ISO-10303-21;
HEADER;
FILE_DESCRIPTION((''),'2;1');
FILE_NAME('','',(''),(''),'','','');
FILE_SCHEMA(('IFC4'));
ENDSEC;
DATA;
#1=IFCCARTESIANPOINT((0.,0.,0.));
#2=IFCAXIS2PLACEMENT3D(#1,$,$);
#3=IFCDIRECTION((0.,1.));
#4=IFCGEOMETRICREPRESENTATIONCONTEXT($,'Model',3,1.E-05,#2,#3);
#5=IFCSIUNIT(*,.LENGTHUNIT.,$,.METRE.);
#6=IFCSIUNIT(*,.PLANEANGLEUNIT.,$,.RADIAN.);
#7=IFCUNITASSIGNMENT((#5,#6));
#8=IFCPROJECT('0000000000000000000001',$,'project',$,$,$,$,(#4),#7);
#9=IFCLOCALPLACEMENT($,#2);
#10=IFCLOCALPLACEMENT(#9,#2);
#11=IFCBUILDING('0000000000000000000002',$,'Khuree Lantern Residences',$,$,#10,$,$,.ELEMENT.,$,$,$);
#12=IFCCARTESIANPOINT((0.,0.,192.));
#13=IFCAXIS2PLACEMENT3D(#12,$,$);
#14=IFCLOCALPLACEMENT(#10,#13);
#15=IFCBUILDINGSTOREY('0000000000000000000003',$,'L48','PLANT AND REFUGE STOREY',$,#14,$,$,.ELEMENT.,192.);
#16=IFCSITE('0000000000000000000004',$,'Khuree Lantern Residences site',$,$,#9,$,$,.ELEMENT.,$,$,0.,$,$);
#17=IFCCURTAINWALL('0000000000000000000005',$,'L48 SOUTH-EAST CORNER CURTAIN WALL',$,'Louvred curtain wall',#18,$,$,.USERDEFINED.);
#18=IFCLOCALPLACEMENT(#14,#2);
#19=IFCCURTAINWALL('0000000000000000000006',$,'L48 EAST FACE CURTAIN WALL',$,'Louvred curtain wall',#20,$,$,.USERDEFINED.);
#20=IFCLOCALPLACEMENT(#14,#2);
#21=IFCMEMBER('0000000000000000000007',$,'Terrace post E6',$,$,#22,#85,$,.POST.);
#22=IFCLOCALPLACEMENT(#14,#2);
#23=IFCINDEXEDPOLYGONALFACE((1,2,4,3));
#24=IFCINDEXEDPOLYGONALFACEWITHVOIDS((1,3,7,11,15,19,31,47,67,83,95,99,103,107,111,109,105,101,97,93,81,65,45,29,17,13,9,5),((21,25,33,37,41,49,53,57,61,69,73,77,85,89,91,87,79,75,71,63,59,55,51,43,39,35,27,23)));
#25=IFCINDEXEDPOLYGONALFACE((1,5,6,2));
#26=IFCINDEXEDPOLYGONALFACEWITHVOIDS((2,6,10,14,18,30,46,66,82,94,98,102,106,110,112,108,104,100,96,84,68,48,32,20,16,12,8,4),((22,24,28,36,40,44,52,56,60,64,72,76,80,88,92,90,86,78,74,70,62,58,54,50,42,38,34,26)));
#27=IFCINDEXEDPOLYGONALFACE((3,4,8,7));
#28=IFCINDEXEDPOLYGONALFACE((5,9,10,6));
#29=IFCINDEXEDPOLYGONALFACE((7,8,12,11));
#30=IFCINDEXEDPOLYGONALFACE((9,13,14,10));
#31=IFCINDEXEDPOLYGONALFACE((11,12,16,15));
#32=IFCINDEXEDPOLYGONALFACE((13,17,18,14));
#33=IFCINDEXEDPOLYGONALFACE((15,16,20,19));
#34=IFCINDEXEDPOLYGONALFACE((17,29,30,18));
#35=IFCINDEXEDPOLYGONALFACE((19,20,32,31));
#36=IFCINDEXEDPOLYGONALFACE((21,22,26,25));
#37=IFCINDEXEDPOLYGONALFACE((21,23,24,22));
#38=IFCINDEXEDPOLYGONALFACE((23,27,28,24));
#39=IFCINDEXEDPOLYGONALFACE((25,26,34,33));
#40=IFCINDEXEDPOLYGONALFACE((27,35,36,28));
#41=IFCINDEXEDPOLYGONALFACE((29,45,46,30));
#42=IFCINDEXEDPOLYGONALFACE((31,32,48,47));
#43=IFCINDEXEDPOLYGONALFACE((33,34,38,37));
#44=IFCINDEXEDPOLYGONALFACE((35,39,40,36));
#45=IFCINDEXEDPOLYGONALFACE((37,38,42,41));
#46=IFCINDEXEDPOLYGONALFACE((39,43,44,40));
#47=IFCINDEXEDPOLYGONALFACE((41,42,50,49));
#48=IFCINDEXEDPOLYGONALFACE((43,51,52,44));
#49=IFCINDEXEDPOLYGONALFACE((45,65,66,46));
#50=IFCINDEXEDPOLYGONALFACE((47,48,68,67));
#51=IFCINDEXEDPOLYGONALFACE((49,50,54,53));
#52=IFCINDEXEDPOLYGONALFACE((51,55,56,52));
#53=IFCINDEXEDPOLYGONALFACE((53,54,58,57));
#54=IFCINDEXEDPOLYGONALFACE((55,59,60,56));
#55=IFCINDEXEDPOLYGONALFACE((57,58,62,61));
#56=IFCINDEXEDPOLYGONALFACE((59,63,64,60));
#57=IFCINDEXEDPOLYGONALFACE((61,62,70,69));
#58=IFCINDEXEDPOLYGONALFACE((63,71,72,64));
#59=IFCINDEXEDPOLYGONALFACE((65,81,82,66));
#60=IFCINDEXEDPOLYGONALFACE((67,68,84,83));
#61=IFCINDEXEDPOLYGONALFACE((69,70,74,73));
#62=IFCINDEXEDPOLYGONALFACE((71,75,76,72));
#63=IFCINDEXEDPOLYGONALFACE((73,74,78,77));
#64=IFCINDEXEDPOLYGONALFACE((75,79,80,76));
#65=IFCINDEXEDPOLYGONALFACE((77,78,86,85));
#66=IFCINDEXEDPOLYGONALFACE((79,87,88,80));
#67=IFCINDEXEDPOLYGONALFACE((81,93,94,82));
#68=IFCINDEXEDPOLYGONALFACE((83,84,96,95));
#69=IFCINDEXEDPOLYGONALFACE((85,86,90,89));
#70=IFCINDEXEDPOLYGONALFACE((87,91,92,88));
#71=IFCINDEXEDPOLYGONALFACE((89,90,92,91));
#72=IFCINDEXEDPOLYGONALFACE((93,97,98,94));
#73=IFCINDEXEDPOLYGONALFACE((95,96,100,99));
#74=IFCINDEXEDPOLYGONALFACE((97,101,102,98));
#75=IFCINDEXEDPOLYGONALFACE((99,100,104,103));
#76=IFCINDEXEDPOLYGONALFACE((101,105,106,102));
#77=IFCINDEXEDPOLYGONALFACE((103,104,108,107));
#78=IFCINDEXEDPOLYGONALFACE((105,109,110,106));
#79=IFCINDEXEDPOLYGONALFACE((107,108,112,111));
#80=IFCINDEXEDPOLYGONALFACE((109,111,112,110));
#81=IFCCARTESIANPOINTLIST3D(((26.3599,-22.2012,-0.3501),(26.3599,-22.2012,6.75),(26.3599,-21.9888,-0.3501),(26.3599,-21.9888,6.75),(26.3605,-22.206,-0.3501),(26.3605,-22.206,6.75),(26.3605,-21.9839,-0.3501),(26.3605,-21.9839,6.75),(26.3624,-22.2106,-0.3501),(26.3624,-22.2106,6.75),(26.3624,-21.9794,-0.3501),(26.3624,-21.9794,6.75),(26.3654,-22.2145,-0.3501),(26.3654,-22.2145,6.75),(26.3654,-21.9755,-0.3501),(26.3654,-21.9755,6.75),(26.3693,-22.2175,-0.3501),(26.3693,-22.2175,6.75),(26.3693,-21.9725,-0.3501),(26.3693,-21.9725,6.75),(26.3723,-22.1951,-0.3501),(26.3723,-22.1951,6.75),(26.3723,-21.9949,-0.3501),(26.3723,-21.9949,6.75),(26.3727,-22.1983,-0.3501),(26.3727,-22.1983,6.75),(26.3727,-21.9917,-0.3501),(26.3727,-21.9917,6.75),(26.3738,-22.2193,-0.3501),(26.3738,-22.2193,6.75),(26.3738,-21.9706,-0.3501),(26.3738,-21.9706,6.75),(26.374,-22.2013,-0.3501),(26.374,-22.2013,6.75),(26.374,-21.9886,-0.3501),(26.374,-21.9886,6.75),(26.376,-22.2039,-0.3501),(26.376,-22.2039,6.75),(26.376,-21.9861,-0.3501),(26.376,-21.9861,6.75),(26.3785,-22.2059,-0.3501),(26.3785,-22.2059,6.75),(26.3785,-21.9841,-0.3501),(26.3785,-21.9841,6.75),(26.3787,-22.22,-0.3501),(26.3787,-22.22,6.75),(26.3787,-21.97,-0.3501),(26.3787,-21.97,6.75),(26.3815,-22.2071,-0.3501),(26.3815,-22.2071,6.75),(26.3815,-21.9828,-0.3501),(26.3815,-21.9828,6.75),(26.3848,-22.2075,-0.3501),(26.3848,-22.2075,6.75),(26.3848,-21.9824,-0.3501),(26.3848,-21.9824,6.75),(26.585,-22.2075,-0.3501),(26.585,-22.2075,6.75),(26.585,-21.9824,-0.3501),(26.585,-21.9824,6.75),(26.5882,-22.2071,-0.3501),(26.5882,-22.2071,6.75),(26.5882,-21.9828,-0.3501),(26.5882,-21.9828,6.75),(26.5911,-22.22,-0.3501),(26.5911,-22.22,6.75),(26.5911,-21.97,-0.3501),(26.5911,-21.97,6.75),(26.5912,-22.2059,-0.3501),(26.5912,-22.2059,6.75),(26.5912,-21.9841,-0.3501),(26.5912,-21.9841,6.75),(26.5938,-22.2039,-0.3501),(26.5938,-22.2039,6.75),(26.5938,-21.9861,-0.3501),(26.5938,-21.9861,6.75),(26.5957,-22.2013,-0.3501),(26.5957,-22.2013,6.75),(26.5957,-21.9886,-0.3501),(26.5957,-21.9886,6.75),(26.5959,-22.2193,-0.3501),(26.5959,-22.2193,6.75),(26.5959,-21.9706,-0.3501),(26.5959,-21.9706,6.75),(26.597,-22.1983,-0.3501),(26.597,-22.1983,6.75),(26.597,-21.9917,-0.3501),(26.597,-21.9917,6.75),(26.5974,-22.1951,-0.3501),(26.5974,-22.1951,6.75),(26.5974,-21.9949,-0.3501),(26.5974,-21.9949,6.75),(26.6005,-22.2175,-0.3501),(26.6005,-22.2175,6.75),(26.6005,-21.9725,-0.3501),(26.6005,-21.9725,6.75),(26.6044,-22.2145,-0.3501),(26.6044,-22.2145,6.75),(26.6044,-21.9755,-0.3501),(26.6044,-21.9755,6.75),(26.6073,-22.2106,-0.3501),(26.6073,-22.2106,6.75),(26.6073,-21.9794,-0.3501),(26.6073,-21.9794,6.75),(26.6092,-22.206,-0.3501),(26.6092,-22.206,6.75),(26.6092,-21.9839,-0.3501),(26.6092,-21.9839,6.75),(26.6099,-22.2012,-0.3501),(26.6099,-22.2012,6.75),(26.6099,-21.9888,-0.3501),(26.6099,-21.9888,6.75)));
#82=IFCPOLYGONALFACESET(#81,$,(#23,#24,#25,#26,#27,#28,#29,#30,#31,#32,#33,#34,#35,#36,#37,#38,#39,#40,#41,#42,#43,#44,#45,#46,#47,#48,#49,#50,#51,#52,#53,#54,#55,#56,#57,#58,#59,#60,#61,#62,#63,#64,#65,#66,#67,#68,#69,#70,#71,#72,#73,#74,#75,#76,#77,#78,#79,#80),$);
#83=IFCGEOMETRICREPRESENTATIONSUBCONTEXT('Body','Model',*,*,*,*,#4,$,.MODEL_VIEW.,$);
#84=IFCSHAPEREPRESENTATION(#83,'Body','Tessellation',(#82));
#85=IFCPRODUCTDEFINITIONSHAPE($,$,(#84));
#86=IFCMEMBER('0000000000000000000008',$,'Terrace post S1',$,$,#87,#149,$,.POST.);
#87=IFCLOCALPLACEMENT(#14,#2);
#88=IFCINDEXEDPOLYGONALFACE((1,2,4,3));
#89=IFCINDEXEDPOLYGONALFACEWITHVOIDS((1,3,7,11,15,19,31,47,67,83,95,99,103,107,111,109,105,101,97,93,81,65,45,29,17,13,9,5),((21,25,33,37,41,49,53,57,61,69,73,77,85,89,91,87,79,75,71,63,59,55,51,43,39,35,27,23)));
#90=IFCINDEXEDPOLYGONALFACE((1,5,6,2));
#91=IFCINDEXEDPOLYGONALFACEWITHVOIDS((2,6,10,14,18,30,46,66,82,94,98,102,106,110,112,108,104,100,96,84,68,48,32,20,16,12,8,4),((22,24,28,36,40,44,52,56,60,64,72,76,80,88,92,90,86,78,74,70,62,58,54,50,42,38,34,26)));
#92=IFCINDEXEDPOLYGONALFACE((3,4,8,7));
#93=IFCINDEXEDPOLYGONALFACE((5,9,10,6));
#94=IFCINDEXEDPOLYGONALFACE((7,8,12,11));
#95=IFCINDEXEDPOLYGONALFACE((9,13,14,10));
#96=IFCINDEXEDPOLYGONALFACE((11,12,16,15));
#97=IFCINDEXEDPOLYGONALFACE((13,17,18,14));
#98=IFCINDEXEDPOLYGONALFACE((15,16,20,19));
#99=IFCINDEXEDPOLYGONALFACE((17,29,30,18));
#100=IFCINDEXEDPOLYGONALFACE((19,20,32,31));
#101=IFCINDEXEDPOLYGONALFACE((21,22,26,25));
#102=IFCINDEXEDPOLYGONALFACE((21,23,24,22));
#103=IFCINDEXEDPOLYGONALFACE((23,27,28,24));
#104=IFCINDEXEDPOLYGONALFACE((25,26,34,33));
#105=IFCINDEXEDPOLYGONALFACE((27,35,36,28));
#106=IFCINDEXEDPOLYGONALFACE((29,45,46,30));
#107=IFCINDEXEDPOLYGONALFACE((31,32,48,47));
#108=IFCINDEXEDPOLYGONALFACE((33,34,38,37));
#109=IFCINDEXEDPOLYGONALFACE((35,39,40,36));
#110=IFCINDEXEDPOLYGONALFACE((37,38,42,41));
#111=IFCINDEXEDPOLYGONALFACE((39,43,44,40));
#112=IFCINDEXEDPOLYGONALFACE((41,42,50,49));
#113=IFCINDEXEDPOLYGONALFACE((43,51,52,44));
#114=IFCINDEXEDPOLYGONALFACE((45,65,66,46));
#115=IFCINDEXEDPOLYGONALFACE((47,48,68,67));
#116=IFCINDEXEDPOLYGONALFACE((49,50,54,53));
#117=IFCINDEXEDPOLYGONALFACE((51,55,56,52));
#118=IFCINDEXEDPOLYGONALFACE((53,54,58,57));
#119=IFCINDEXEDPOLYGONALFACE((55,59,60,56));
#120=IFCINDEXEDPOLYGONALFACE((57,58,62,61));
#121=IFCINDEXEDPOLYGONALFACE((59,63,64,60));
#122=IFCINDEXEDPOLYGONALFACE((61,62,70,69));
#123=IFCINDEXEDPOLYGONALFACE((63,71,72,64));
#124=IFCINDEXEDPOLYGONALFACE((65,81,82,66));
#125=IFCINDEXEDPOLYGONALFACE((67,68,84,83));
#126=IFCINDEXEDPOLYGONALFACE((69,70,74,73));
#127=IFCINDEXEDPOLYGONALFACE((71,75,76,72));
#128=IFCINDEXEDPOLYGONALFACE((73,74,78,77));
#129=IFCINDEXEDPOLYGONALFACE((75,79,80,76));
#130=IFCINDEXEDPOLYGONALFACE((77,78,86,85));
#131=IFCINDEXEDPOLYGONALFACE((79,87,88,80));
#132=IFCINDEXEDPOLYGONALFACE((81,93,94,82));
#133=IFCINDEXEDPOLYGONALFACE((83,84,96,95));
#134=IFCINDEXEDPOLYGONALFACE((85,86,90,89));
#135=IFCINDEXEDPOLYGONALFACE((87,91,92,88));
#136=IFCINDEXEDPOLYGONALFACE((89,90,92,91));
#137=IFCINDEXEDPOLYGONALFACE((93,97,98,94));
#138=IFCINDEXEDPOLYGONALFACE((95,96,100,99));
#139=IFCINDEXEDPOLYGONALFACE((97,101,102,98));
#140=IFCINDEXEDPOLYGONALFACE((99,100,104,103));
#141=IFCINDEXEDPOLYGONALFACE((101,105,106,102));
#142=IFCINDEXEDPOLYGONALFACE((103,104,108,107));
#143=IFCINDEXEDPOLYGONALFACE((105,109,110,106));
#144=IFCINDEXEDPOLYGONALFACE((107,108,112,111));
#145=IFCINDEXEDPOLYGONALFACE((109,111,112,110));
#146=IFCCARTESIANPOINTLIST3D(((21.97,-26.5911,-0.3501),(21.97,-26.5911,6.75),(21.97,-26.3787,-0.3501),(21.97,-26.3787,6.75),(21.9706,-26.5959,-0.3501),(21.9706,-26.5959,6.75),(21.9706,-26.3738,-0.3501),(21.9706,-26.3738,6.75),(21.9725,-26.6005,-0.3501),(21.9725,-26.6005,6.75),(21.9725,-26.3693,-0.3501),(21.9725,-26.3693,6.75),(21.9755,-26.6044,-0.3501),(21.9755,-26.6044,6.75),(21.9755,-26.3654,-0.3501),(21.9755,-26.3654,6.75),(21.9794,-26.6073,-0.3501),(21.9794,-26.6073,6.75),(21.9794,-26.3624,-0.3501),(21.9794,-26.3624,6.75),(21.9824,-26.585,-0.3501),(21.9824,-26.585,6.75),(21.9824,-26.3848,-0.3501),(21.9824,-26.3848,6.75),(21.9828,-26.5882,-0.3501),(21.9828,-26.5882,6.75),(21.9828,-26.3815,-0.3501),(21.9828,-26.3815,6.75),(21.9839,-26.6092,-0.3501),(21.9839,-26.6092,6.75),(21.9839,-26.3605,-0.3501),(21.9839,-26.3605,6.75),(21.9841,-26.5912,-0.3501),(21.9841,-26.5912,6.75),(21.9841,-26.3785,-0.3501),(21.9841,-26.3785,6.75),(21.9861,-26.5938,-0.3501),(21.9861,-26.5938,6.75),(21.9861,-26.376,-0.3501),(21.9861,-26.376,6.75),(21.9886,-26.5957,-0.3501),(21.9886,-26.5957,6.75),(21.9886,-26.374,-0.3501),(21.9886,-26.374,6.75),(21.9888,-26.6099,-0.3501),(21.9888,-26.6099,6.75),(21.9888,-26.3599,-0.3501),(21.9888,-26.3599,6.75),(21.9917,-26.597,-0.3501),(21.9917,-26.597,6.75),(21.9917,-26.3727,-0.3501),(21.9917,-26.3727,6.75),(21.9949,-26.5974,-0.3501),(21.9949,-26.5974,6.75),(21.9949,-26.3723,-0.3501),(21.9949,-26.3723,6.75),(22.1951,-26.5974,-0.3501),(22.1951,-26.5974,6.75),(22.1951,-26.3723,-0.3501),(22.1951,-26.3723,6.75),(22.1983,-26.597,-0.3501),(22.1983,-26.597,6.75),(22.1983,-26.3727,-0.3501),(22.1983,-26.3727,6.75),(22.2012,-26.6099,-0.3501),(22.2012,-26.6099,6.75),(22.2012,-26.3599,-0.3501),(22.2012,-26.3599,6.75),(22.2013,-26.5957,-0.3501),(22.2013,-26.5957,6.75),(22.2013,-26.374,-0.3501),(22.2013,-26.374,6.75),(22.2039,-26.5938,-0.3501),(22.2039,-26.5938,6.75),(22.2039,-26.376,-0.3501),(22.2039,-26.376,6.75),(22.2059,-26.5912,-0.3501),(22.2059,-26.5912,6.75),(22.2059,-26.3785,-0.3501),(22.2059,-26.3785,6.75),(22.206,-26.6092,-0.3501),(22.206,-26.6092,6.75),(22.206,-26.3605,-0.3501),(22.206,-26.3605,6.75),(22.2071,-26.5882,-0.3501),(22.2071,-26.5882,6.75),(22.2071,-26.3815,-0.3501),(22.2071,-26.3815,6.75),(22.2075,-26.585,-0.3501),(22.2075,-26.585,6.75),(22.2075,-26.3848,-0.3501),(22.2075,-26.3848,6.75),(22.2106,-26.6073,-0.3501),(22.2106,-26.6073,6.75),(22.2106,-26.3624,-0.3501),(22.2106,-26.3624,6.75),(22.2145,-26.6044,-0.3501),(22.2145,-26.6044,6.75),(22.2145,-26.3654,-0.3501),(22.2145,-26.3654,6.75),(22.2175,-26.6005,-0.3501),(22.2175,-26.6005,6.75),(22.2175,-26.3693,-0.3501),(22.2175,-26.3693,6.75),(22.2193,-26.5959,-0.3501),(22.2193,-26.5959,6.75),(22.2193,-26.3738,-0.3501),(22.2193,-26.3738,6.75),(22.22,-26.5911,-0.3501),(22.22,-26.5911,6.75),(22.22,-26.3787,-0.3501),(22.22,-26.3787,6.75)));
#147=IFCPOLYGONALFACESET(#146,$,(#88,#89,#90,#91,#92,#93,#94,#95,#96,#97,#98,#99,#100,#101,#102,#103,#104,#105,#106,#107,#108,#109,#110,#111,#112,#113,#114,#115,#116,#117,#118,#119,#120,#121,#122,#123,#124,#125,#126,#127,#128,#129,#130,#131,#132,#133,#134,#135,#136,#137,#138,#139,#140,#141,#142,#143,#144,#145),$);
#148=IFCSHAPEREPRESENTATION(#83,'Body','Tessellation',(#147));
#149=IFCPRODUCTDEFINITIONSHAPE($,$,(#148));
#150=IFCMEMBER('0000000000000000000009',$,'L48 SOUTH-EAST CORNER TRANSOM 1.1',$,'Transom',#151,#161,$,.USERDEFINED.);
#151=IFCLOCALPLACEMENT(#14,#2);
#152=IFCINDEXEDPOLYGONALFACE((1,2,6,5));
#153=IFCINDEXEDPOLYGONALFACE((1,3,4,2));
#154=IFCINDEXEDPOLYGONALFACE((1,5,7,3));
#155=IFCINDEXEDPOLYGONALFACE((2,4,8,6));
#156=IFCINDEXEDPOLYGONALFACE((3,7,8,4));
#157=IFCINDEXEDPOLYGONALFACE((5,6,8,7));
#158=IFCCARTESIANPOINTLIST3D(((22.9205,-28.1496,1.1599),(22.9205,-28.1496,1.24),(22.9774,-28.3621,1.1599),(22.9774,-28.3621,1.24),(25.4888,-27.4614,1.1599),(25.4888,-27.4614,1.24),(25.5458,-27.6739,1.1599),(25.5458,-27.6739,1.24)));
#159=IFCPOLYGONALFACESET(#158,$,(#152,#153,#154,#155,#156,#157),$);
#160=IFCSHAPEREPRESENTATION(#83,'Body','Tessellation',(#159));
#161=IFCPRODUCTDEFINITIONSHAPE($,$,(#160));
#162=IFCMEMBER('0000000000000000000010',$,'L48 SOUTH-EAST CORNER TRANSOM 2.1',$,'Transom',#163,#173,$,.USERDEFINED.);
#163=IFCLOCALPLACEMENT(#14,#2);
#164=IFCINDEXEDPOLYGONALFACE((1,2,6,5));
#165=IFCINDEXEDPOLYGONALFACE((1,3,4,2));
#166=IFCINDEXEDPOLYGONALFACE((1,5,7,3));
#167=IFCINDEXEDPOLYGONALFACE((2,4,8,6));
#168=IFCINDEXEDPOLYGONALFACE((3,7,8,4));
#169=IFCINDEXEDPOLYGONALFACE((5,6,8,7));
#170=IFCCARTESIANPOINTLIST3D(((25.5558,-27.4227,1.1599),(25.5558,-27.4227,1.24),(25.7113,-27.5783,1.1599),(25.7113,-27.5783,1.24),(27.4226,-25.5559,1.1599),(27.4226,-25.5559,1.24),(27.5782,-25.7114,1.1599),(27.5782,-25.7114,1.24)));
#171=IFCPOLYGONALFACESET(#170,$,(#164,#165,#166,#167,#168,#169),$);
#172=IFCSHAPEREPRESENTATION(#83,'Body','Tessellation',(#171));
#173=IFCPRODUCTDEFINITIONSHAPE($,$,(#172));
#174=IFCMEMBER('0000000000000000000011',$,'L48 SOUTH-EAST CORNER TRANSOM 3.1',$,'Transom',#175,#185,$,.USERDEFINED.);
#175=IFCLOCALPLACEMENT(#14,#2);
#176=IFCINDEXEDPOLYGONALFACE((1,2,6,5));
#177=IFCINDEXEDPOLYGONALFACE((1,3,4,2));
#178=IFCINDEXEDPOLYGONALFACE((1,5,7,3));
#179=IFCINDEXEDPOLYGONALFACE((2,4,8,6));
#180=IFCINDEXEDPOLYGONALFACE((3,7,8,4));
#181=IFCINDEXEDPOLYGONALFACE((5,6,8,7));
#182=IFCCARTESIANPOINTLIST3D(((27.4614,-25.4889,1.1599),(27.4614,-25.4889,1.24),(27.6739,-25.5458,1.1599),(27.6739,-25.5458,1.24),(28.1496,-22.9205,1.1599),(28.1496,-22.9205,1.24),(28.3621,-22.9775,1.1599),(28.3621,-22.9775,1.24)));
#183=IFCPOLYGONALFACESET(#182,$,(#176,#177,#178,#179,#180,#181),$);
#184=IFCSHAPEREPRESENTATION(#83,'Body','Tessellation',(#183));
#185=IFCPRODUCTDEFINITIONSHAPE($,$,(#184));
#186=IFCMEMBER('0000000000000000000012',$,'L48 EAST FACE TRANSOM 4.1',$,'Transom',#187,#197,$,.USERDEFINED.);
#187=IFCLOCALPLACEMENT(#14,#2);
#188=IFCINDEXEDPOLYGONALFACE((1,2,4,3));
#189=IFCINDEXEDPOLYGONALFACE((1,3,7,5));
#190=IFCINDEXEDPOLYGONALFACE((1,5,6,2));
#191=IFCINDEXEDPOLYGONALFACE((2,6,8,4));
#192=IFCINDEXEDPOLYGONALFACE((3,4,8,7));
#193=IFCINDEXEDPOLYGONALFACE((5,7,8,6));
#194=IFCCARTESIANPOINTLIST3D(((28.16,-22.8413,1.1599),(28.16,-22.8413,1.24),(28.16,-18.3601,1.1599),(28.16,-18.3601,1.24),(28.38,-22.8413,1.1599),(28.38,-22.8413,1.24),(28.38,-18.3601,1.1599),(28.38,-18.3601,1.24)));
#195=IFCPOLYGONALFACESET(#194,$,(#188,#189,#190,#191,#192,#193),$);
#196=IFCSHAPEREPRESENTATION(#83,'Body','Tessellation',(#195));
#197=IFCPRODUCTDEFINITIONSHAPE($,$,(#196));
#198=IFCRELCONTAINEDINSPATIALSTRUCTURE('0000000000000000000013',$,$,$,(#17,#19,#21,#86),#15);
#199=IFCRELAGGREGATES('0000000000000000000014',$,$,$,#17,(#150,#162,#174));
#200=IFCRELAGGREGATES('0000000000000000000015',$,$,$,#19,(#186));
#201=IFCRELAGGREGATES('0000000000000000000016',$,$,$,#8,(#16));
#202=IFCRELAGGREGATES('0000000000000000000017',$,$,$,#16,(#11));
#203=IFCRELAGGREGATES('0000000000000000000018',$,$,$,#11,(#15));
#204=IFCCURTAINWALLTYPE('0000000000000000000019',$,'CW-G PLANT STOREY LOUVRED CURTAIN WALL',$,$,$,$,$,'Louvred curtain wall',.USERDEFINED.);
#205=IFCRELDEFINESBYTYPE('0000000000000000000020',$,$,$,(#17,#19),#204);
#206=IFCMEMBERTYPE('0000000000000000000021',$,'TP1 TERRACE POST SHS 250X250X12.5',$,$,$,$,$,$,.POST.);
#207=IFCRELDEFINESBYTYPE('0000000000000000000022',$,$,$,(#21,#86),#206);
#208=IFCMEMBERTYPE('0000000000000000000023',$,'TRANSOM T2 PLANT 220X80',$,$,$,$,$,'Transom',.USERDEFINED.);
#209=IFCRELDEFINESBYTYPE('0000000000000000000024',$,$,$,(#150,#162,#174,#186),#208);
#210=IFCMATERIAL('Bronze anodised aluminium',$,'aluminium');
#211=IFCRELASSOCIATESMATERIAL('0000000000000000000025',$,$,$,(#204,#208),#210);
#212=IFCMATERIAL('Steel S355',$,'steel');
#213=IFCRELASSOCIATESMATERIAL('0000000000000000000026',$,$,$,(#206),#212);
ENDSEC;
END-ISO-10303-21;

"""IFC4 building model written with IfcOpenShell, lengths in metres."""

from ifc_helpers import new_model, si_unit, direction, frame, origin, origin_2d, place, context, subcontext, project, spatial, rectangle, hollow_rectangle, extrude, material, material_profile, profile_set, type_object, element, aggregate, save


model = new_model("IFC4")

# Units and contexts
model_context = context("Model", 3, precision=1e-05, world=origin(), true_north=direction((0.0, 1.0)))
body_context = subcontext(model_context, "Body", "Model", "MODEL_VIEW")
ifc_project = project(units=[si_unit("LENGTHUNIT", "METRE"), si_unit("PLANEANGLEUNIT", "RADIAN")], contexts=[model_context])

# Site, building, storey
site_placement = place(None, origin())
site = spatial("IfcSite", under=ifc_project, at=site_placement, Name="Khuree Lantern Residences site", CompositionType="ELEMENT", RefElevation=0.0)
building_placement = place(site_placement, origin())
building = spatial("IfcBuilding", under=site, at=building_placement, Name="Khuree Lantern Residences", CompositionType="ELEMENT")
storey_placement = place(building_placement, frame((0.0, 0.0, 192.0)))
storey = spatial("IfcBuildingStorey", under=building, at=storey_placement, Name="L48", Description="PLANT AND REFUGE STOREY", CompositionType="ELEMENT", Elevation=192.0)

# Shared definitions
ifc_material_1 = material(Name="Steel S355", Category="steel")

# Curtain walls
ifc_material_2 = material(Name="Bronze anodised aluminium", Category="aluminium")
curtain_wall_type = type_object("IfcCurtainWallType", Name="CW-G PLANT STOREY LOUVRED CURTAIN WALL", ElementType="Louvred curtain wall", PredefinedType="USERDEFINED", material=ifc_material_2)
curtain_wall_1_placement = place(storey_placement, origin())
curtain_wall_1 = element("IfcCurtainWall", 1, at=curtain_wall_1_placement, inside=storey, type_object=curtain_wall_type, Name="L48 SOUTH-EAST CORNER CURTAIN WALL", ObjectType="Louvred curtain wall", PredefinedType="USERDEFINED")
curtain_wall_2_placement = place(storey_placement, origin())
curtain_wall_2 = element("IfcCurtainWall", 2, at=curtain_wall_2_placement, inside=storey, type_object=curtain_wall_type, Name="L48 EAST FACE CURTAIN WALL", ObjectType="Louvred curtain wall", PredefinedType="USERDEFINED")

# Members
ifc_material_profile_1 = material_profile(ifc_material_1, hollow_rectangle(XDim=0.25, YDim=0.25, WallThickness=0.0125, InnerFilletRadius=0.0125, OuterFilletRadius=0.0188, at=origin_2d()), Name="SHS 250X250X12.5")
ifc_profile_set_1 = profile_set([ifc_material_profile_1], Name="Steel S355")
member_type_1 = type_object("IfcMemberType", Name="TP1 TERRACE POST SHS 250X250X12.5", PredefinedType="POST", material=ifc_profile_set_1)
for number, where, z_axis, x_axis, name in (
    (3, (26.4849, -22.095, -0.3501), (0.0, 0.0, 1.0), (1.0, 0.0, 0.0), "Terrace post E6"),
    (4, (22.095, -26.4849, -0.3501), (0.0, 0.0, 1.0), (1.0, 0.0, 0.0), "Terrace post S1"),
):
    element("IfcMember", number, at=place(storey_placement, frame(where, z_axis=z_axis, x_axis=x_axis)), inside=storey, type_object=member_type_1, Name=name, PredefinedType="POST", context=body_context, shape_type="SweptSolid", body=[
        extrude(hollow_rectangle(XDim=0.25, YDim=0.25, WallThickness=0.0125, InnerFilletRadius=0.0125, OuterFilletRadius=0.0188, at=origin_2d()), origin(), (0.0, 0.0, 1.0), 7.1001),
    ])

# Members
ifc_material_profile_2 = material_profile(ifc_material_2, rectangle(XDim=0.22, YDim=0.0801, at=origin_2d()), Name="T2 220X80")
ifc_profile_set_2 = profile_set([ifc_material_profile_2], Name="Bronze anodised aluminium")
member_type_2 = type_object("IfcMemberType", Name="TRANSOM T2 PLANT 220X80", ElementType="Transom", PredefinedType="USERDEFINED", material=ifc_profile_set_2)
member_1_placement = place(storey_placement, frame((22.949, -28.2559, 1.2), z_axis=(0.965922, 0.258834, 0.0), x_axis=(-0.258834, 0.965922, 0.0)))
member_1 = element("IfcMember", 5, at=member_1_placement, type_object=member_type_2, Name="L48 SOUTH-EAST CORNER TRANSOM 1.1", ObjectType="Transom", PredefinedType="USERDEFINED", context=body_context, shape_type="SweptSolid", body=[
    extrude(rectangle(XDim=0.22, YDim=0.0801, at=origin_2d()), origin(), (0.0, 0.0, 1.0), 2.6589),
])
member_2_placement = place(storey_placement, frame((25.6335, -27.5005, 1.2), z_axis=(0.707107, 0.707107, 0.0), x_axis=(-0.707107, 0.707107, 0.0)))
member_2 = element("IfcMember", 6, at=member_2_placement, type_object=member_type_2, Name="L48 SOUTH-EAST CORNER TRANSOM 2.1", ObjectType="Transom", PredefinedType="USERDEFINED", context=body_context, shape_type="SweptSolid", body=[
    extrude(rectangle(XDim=0.22, YDim=0.0801, at=origin_2d()), origin(), (0.0, 0.0, 1.0), 2.6401),
])
member_3_placement = place(storey_placement, frame((27.5676, -25.5173, 1.2), z_axis=(0.258834, 0.965922, 0.0), x_axis=(-0.965922, 0.258834, 0.0)))
member_3 = element("IfcMember", 7, at=member_3_placement, type_object=member_type_2, Name="L48 SOUTH-EAST CORNER TRANSOM 3.1", ObjectType="Transom", PredefinedType="USERDEFINED", context=body_context, shape_type="SweptSolid", body=[
    extrude(rectangle(XDim=0.22, YDim=0.0801, at=origin_2d()), origin(), (0.0, 0.0, 1.0), 2.6589),
])
member_4_placement = place(storey_placement, frame((28.27, -22.8413, 1.2), z_axis=(0.0, 1.0, 0.0), x_axis=(-1.0, 0.0, 0.0)))
member_4 = element("IfcMember", 8, at=member_4_placement, type_object=member_type_2, Name="L48 EAST FACE TRANSOM 4.1", ObjectType="Transom", PredefinedType="USERDEFINED", context=body_context, shape_type="SweptSolid", body=[
    extrude(rectangle(XDim=0.22, YDim=0.0801, at=origin_2d()), origin(), (0.0, 0.0, 1.0), 4.4812),
])

aggregate(curtain_wall_1, [member_1, member_2, member_3])
aggregate(curtain_wall_2, [member_4])

save(model, "model.ifc")
